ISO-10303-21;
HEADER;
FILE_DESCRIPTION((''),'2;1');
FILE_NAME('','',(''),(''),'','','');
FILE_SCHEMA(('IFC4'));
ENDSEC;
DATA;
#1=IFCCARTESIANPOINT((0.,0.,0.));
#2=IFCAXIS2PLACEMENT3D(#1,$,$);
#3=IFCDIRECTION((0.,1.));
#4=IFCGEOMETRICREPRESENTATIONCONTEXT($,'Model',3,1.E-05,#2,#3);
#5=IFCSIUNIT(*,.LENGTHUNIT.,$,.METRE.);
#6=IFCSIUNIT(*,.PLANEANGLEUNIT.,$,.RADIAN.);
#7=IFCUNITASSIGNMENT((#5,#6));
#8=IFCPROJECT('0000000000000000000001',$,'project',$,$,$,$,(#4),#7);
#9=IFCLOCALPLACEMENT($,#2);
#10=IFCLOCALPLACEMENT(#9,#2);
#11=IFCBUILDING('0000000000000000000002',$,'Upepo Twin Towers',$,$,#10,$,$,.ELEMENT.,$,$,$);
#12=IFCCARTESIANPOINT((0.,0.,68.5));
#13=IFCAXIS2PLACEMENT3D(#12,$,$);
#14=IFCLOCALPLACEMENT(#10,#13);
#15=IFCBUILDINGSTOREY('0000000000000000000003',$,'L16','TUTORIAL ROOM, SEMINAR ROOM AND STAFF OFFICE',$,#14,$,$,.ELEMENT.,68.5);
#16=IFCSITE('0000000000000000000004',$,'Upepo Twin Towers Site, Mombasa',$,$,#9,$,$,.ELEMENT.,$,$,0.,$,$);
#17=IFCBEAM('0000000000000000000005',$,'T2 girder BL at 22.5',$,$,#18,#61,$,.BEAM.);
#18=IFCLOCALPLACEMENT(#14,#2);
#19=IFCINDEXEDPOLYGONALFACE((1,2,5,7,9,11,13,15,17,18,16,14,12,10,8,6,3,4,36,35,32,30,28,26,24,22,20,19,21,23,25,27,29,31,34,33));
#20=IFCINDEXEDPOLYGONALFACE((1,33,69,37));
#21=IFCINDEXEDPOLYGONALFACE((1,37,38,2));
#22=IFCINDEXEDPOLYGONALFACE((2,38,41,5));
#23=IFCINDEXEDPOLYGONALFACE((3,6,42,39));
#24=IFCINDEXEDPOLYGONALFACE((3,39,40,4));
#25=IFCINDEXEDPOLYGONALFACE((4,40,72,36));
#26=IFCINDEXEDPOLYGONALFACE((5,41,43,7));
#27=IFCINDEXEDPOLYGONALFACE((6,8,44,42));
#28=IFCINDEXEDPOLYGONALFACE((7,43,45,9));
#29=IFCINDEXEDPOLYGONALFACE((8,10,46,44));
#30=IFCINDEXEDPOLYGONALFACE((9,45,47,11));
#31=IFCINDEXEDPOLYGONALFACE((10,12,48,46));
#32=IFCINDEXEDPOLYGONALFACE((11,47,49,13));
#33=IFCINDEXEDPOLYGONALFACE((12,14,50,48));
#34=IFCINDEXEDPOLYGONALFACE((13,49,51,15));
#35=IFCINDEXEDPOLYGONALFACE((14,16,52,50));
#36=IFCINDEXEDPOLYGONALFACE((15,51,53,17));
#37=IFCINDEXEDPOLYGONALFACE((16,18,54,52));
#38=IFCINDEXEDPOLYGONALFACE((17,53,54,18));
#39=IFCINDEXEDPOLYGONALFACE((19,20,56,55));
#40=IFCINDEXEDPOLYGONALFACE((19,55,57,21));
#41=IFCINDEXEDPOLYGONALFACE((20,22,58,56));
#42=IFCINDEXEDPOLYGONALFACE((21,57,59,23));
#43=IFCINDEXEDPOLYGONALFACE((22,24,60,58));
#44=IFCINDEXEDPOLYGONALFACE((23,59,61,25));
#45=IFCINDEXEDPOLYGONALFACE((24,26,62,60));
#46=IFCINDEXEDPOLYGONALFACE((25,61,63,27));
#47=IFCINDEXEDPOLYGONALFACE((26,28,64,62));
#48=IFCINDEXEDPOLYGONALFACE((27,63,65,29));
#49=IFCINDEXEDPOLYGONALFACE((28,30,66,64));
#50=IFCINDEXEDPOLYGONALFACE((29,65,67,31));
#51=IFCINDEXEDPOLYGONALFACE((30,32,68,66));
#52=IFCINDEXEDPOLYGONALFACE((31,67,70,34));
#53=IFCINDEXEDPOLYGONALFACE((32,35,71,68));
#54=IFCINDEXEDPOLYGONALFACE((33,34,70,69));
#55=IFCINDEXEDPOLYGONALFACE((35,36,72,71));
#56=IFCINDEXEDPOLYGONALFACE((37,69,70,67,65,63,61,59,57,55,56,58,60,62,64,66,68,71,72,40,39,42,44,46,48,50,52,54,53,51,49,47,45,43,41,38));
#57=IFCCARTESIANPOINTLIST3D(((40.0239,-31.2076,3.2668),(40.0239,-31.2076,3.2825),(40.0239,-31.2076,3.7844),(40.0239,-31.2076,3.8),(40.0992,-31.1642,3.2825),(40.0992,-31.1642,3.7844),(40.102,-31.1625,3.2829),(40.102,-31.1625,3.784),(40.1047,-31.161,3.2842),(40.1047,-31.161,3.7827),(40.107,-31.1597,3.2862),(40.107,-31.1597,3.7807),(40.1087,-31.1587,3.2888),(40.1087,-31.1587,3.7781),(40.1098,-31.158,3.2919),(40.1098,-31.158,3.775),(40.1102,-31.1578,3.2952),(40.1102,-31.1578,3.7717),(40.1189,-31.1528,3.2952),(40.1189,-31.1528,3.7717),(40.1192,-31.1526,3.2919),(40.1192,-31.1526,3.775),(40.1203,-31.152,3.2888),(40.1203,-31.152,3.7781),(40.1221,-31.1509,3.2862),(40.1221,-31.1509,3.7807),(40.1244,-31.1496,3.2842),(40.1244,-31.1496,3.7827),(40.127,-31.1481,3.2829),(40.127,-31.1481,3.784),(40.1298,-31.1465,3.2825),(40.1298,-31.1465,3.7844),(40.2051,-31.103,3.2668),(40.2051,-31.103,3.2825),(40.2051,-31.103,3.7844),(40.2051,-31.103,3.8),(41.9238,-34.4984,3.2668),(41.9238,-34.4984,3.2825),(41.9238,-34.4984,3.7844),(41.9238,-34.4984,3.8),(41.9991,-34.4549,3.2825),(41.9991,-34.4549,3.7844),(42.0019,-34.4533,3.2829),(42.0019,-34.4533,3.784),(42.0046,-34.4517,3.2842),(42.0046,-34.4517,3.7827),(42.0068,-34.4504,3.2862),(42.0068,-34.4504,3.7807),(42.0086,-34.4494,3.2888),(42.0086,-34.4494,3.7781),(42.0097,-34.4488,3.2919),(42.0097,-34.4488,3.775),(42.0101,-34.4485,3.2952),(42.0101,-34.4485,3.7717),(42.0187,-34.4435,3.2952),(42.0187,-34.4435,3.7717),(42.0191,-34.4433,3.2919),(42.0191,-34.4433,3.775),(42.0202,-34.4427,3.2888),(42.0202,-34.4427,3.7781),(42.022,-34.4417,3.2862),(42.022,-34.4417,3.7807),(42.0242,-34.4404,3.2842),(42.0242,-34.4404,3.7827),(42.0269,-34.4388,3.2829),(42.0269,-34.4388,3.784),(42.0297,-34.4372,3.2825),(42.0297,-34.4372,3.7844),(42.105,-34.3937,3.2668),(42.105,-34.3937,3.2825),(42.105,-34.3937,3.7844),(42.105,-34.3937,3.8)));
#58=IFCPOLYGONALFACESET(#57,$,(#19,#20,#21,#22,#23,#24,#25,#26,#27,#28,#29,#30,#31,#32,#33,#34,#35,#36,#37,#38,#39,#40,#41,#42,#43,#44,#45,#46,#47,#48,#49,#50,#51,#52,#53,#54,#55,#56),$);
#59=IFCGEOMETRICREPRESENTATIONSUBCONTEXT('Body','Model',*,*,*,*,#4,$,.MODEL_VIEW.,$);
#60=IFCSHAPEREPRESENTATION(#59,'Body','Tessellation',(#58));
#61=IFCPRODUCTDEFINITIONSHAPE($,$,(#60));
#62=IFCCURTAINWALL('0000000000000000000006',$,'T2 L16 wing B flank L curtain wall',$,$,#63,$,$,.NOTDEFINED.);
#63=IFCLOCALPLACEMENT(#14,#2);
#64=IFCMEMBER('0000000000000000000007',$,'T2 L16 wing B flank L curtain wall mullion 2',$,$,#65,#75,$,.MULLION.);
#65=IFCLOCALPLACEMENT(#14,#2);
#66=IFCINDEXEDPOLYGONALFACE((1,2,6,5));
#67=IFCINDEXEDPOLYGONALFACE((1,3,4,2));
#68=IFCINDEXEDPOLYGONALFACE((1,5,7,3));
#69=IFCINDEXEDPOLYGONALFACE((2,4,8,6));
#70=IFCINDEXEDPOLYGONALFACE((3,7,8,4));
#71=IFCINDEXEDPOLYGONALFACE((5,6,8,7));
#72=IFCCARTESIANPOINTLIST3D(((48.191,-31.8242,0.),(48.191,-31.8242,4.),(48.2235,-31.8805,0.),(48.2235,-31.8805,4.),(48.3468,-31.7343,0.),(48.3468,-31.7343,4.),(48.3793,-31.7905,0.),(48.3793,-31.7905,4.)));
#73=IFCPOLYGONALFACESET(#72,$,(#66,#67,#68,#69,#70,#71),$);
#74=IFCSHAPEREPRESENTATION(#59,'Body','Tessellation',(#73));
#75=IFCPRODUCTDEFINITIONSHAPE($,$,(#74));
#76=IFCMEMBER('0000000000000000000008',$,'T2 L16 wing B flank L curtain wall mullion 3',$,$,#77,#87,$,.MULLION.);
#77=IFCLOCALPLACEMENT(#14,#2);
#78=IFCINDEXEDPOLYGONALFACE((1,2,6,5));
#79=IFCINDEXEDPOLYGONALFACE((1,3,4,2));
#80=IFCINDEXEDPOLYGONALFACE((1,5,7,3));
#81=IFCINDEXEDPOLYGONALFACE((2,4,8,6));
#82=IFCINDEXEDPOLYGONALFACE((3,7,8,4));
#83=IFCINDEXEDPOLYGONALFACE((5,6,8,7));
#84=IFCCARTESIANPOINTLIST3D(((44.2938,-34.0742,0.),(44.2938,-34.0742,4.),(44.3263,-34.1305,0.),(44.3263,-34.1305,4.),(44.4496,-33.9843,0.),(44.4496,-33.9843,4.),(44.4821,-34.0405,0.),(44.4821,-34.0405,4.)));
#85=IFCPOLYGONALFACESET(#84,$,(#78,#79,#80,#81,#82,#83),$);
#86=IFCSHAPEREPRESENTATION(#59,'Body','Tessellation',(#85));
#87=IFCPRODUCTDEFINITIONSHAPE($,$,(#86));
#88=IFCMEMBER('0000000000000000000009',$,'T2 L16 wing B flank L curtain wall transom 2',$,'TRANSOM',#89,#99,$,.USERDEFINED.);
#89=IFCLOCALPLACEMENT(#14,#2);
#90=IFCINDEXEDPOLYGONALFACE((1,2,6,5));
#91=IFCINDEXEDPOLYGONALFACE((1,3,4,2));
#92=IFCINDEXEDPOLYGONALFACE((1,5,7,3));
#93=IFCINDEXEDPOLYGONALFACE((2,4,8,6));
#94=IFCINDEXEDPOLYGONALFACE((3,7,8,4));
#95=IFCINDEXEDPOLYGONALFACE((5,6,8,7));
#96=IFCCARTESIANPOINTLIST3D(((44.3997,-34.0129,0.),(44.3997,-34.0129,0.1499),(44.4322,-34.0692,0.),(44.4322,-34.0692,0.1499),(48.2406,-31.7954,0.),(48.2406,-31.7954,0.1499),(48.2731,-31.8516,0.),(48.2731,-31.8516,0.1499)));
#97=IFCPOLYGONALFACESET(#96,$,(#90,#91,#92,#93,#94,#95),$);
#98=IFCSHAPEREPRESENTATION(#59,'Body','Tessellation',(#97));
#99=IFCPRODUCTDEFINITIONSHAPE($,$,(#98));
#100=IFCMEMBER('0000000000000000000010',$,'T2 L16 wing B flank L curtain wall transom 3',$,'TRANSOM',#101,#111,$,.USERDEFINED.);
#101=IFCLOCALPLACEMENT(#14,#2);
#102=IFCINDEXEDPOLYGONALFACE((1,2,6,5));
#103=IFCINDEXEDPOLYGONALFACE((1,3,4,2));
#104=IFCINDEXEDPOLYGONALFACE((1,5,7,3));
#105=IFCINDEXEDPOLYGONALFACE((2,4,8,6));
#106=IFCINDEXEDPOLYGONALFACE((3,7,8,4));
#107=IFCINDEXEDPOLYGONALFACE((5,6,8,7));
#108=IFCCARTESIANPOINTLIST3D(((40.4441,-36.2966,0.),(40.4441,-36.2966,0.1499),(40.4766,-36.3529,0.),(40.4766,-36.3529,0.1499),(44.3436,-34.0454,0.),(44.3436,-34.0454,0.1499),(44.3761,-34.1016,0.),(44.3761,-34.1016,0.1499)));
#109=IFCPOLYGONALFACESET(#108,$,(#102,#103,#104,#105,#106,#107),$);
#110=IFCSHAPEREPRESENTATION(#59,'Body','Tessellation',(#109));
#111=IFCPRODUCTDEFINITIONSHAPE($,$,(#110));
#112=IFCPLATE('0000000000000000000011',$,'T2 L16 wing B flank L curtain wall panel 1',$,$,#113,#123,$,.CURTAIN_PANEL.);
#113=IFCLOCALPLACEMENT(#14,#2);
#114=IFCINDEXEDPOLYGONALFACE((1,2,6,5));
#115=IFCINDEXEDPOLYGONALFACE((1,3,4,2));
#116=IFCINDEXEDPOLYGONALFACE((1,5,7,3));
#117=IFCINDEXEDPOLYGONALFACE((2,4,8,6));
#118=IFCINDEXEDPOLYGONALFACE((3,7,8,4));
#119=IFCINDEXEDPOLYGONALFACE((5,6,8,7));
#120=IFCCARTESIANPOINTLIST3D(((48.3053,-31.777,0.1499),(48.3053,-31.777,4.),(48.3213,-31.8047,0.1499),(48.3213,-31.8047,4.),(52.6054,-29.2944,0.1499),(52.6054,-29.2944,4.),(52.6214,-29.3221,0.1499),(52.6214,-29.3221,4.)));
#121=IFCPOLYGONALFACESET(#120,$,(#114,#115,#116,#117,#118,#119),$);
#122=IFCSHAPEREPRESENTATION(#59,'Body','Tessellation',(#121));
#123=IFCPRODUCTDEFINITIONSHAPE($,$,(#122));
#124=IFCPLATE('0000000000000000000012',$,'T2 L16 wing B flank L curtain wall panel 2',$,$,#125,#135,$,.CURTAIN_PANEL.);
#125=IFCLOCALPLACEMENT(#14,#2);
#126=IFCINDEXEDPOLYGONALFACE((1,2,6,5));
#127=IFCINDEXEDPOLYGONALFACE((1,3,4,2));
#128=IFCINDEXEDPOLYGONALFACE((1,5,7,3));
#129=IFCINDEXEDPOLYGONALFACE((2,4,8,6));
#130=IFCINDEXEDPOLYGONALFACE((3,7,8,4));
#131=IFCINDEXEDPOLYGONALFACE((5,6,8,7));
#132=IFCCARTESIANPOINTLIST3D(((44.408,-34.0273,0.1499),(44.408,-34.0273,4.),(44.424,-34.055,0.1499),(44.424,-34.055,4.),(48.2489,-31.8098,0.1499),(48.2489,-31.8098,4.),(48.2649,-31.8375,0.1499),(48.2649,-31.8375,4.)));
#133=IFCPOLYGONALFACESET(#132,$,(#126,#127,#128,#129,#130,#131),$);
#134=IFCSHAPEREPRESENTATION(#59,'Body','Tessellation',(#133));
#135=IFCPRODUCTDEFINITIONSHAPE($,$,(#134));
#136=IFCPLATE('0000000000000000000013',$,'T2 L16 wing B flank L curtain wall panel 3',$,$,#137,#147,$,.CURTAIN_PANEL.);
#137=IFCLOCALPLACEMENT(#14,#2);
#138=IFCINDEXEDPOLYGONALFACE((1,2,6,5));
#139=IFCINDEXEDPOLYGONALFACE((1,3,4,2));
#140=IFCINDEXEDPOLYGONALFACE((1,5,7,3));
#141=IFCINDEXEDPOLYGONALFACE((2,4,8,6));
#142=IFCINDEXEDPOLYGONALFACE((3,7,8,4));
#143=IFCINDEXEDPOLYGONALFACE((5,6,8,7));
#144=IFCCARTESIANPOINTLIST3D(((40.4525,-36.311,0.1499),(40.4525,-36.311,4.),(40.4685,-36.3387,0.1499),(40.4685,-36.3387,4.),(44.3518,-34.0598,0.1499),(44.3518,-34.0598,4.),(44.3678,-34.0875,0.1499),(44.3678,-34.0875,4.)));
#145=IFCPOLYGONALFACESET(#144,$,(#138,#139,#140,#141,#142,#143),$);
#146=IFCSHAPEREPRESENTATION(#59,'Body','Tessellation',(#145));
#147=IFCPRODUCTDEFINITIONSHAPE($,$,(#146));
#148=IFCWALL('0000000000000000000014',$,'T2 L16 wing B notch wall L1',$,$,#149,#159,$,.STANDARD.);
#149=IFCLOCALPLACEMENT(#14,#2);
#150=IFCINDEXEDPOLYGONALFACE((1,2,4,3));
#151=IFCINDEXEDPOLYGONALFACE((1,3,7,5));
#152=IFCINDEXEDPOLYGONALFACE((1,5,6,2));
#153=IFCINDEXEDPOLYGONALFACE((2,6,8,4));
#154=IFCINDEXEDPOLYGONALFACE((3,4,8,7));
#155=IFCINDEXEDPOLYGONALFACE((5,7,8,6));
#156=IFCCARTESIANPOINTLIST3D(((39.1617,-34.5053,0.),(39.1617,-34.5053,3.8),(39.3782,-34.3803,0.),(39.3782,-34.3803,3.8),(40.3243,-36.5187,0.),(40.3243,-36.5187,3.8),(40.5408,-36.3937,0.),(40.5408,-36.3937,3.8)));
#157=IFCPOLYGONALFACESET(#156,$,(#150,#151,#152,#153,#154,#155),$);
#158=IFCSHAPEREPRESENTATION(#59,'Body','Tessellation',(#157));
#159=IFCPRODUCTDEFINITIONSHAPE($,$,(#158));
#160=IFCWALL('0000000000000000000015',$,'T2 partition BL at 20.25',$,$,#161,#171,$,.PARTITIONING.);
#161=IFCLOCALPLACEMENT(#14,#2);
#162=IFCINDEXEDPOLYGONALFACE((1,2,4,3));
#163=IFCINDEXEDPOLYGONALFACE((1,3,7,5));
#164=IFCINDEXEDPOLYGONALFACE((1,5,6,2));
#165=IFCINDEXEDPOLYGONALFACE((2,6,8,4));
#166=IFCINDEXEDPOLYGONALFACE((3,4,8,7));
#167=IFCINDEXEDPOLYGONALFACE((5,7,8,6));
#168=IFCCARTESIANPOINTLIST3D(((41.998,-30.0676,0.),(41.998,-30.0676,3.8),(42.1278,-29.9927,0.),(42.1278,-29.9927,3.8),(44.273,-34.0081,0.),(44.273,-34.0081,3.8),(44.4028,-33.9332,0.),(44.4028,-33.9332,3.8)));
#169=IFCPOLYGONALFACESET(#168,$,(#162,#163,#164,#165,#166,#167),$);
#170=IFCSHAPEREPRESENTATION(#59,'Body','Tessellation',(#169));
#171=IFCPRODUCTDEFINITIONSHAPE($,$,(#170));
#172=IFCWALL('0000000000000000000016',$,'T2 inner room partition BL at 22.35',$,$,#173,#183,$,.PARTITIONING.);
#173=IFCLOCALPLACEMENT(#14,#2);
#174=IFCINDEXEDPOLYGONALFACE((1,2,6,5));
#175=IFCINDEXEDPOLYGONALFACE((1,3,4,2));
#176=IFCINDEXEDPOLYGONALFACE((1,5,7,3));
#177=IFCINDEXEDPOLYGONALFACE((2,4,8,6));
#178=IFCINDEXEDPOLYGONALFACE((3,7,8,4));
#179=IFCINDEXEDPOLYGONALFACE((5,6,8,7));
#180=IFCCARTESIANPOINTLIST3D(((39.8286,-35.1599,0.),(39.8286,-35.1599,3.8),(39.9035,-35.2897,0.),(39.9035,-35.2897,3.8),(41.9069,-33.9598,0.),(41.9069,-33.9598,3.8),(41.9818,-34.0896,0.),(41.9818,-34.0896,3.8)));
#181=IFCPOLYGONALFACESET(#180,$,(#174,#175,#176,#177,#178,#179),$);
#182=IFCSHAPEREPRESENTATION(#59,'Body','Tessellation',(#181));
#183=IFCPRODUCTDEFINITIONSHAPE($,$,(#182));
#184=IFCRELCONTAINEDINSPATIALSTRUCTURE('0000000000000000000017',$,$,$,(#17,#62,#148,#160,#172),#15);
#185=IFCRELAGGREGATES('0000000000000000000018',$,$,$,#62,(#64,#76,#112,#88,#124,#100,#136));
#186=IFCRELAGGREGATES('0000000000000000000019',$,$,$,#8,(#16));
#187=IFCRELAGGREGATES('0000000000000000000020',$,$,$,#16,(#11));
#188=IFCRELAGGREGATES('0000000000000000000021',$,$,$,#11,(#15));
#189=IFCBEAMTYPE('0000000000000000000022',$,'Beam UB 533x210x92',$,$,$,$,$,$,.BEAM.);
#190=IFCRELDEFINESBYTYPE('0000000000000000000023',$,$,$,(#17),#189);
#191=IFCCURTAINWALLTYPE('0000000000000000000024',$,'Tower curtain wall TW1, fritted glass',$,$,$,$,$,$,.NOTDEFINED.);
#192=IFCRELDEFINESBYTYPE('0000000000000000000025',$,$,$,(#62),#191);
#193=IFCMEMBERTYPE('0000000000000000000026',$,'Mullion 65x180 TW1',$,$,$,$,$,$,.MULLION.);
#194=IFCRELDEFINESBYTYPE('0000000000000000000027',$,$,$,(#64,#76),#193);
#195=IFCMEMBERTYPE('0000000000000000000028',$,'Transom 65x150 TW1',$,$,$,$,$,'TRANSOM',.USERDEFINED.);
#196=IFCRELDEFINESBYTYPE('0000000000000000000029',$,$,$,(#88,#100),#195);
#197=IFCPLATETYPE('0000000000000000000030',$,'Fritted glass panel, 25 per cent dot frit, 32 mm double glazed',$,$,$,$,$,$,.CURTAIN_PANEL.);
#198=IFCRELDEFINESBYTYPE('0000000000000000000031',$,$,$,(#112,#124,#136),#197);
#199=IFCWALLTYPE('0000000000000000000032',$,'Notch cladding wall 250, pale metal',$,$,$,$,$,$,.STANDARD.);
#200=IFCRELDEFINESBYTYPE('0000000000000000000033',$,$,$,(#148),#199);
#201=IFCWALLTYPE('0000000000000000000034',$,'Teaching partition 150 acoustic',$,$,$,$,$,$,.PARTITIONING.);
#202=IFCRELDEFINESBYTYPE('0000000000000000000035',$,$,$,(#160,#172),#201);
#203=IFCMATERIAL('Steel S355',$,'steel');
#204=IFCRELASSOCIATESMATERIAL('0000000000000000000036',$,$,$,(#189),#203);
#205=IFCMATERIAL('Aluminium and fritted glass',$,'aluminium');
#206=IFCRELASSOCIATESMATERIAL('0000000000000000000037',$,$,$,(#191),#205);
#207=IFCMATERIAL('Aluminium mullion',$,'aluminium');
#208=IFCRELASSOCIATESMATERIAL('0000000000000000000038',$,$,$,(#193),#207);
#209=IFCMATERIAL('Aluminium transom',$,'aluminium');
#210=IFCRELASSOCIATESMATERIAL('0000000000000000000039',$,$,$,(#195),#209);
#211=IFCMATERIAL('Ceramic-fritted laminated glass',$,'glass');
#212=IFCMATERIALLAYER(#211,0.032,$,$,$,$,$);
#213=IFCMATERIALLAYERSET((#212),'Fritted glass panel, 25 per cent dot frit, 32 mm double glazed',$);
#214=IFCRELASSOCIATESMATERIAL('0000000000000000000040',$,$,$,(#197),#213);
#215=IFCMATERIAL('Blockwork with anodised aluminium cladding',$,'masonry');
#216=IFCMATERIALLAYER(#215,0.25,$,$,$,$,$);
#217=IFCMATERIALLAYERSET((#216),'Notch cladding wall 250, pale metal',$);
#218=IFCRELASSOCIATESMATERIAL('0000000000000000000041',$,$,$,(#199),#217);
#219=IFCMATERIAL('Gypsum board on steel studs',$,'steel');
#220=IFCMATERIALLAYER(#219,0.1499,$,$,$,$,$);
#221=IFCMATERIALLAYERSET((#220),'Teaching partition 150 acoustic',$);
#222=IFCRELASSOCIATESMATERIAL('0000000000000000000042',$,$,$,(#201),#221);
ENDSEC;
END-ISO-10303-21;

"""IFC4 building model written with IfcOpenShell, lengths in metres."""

from ifc_helpers import new_model, si_unit, direction, frame, frame_2d, origin, origin_2d, place, context, subcontext, project, spatial, rectangle, i_section, extrude, material, layer, layer_set, material_profile, profile_set, type_object, element, aggregate, save


model = new_model("IFC4")

# Units and contexts
model_context = context("Model", 3, precision=1e-05, world=origin(), true_north=direction((0.0, 1.0)))
body_context = subcontext(model_context, "Body", "Model", "MODEL_VIEW")
ifc_project = project(units=[si_unit("LENGTHUNIT", "METRE"), si_unit("PLANEANGLEUNIT", "RADIAN")], contexts=[model_context])

# Site, building, storey
site_placement = place(None, origin())
site = spatial("IfcSite", under=ifc_project, at=site_placement, Name="Upepo Twin Towers Site, Mombasa", CompositionType="ELEMENT", RefElevation=0.0)
building_placement = place(site_placement, origin())
building = spatial("IfcBuilding", under=site, at=building_placement, Name="Upepo Twin Towers", CompositionType="ELEMENT")
storey_placement = place(building_placement, frame((0.0, 0.0, 68.5)))
storey = spatial("IfcBuildingStorey", under=building, at=storey_placement, Name="L16", Description="TUTORIAL ROOM, SEMINAR ROOM AND STAFF OFFICE", CompositionType="ELEMENT", Elevation=68.5)

# Beam
ifc_material_1 = material(Name="Steel S355", Category="steel")
ifc_material_profile_1 = material_profile(ifc_material_1, i_section(OverallWidth=0.2092, OverallDepth=0.5332, WebThickness=0.01, FlangeThickness=0.0156, FilletRadius=0.0127, at=origin_2d()), Name="UB 533x210x92")
ifc_profile_set_1 = profile_set([ifc_material_profile_1], Name="Steel S355")
beam_type_1 = type_object("IfcBeamType", Name="Beam UB 533x210x92", PredefinedType="BEAM", material=ifc_profile_set_1)
beam_1_placement = place(storey_placement, frame((42.0144, -34.446, 3.5334), z_axis=(-0.499995, 0.866028, 0.0), x_axis=(-0.866028, -0.499995, 0.0)))
element("IfcBeam", 1, at=beam_1_placement, inside=storey, type_object=beam_type_1, Name="T2 girder BL at 22.5", PredefinedType="BEAM", context=body_context, shape_type="SweptSolid", body=[
    extrude(i_section(OverallWidth=0.2092, OverallDepth=0.5332, WebThickness=0.01, FlangeThickness=0.0156, FilletRadius=0.0127, at=origin_2d()), origin(), (0.0, 0.0, 1.0), 3.7998),
])

# Curtain wall, members, plates
ifc_material_2 = material(Name="Aluminium and fritted glass", Category="aluminium")
curtain_wall_type = type_object("IfcCurtainWallType", Name="Tower curtain wall TW1, fritted glass", PredefinedType="NOTDEFINED", material=ifc_material_2)
curtain_wall_placement = place(storey_placement, origin())
curtain_wall = element("IfcCurtainWall", 2, at=curtain_wall_placement, inside=storey, type_object=curtain_wall_type, Name="T2 L16 wing B flank L curtain wall", PredefinedType="NOTDEFINED")
ifc_material_3 = material(Name="Aluminium mullion", Category="aluminium")
ifc_material_profile_2 = material_profile(ifc_material_3, rectangle(XDim=0.0649, YDim=0.1799, at=origin_2d()), Name="MULLION 65x180")
ifc_profile_set_2 = profile_set([ifc_material_profile_2], Name="Aluminium mullion")
member_type_1 = type_object("IfcMemberType", Name="Mullion 65x180 TW1", PredefinedType="MULLION", material=ifc_profile_set_2)
member_1_placement = place(storey_placement, frame((48.2852, -31.8074, 0.0), z_axis=(0.0, 0.0, 1.0), x_axis=(0.5, -0.866025, 0.0)))
member_1 = element("IfcMember", 3, at=member_1_placement, type_object=member_type_1, Name="T2 L16 wing B flank L curtain wall mullion 2", PredefinedType="MULLION", context=body_context, shape_type="SweptSolid", body=[
    extrude(rectangle(XDim=0.0649, YDim=0.1799, at=origin_2d()), origin(), (0.0, 0.0, 1.0), 4.0),
])
member_2_placement = place(storey_placement, frame((44.3879, -34.0574, 0.0), z_axis=(0.0, 0.0, 1.0), x_axis=(0.5, -0.866025, 0.0)))
member_2 = element("IfcMember", 4, at=member_2_placement, type_object=member_type_1, Name="T2 L16 wing B flank L curtain wall mullion 3", PredefinedType="MULLION", context=body_context, shape_type="SweptSolid", body=[
    extrude(rectangle(XDim=0.0649, YDim=0.1799, at=origin_2d()), origin(), (0.0, 0.0, 1.0), 4.0),
])
ifc_material_4 = material(Name="Aluminium transom", Category="aluminium")
ifc_material_profile_3 = material_profile(ifc_material_4, rectangle(XDim=0.0649, YDim=0.1499, at=origin_2d()), Name="TRANSOM 65x150")
ifc_profile_set_3 = profile_set([ifc_material_profile_3], Name="Aluminium transom")
member_type_2 = type_object("IfcMemberType", Name="Transom 65x150 TW1", ElementType="TRANSOM", PredefinedType="USERDEFINED", material=ifc_profile_set_3)
member_3_placement = place(storey_placement, frame((48.2568, -31.8235, 0.075), z_axis=(-0.866022, -0.500005, 0.0), x_axis=(0.500005, -0.866022, 0.0)))
member_3 = element("IfcMember", 5, at=member_3_placement, type_object=member_type_2, Name="T2 L16 wing B flank L curtain wall transom 2", ObjectType="TRANSOM", PredefinedType="USERDEFINED", context=body_context, shape_type="SweptSolid", body=[
    extrude(rectangle(XDim=0.0649, YDim=0.1499, at=origin_2d()), origin(), (0.0, 0.0, 1.0), 4.4351),
])
member_4_placement = place(storey_placement, frame((44.3599, -34.0735, 0.075), z_axis=(-0.866036, -0.499982, 0.0), x_axis=(0.499982, -0.866036, 0.0)))
member_4 = element("IfcMember", 6, at=member_4_placement, type_object=member_type_2, Name="T2 L16 wing B flank L curtain wall transom 3", ObjectType="TRANSOM", PredefinedType="USERDEFINED", context=body_context, shape_type="SweptSolid", body=[
    extrude(rectangle(XDim=0.0649, YDim=0.1499, at=origin_2d()), origin(), (0.0, 0.0, 1.0), 4.5027),
])
ifc_material_5 = material(Name="Ceramic-fritted laminated glass", Category="glass")
ifc_layer_1 = layer(ifc_material_5, 0.032)
ifc_layer_set_1 = layer_set([ifc_layer_1], Name="Fritted glass panel, 25 per cent dot frit, 32 mm double glazed")
plate_type = type_object("IfcPlateType", Name="Fritted glass panel, 25 per cent dot frit, 32 mm double glazed", PredefinedType="CURTAIN_PANEL", material=ifc_layer_set_1)
plate_1_placement = place(storey_placement, frame((50.4634, -30.5496, 0.1499), z_axis=(0.0, 0.0, 1.0), x_axis=(-0.866025, -0.5, 0.0)))
plate_1 = element("IfcPlate", 7, at=plate_1_placement, type_object=plate_type, Name="T2 L16 wing B flank L curtain wall panel 1", PredefinedType="CURTAIN_PANEL", context=body_context, shape_type="SweptSolid", body=[
    extrude(rectangle(XDim=4.9653, YDim=0.032, at=origin_2d()), origin(), (0.0, 0.0, 1.0), 3.8501),
])
plate_2_placement = place(storey_placement, frame((46.3364, -32.9324, 0.1499), z_axis=(0.0, 0.0, 1.0), x_axis=(-0.866025, -0.5, 0.0)))
plate_2 = element("IfcPlate", 8, at=plate_2_placement, type_object=plate_type, Name="T2 L16 wing B flank L curtain wall panel 2", PredefinedType="CURTAIN_PANEL", context=body_context, shape_type="SweptSolid", body=[
    extrude(rectangle(XDim=4.4351, YDim=0.032, at=origin_2d()), origin(), (0.0, 0.0, 1.0), 3.8501),
])
plate_3_placement = place(storey_placement, frame((42.4102, -35.1992, 0.1499), z_axis=(0.0, 0.0, 1.0), x_axis=(-0.866025, -0.5, 0.0)))
plate_3 = element("IfcPlate", 9, at=plate_3_placement, type_object=plate_type, Name="T2 L16 wing B flank L curtain wall panel 3", PredefinedType="CURTAIN_PANEL", context=body_context, shape_type="SweptSolid", body=[
    extrude(rectangle(XDim=4.5024, YDim=0.032, at=origin_2d()), origin(), (0.0, 0.0, 1.0), 3.8501),
])
aggregate(curtain_wall, [member_1, member_2, plate_1, member_3, plate_2, member_4, plate_3])

# Walls
ifc_material_6 = material(Name="Blockwork with anodised aluminium cladding", Category="masonry")
ifc_layer_2 = layer(ifc_material_6, 0.25)
ifc_layer_set_2 = layer_set([ifc_layer_2], Name="Notch cladding wall 250, pale metal")
wall_type_1 = type_object("IfcWallType", Name="Notch cladding wall 250, pale metal", PredefinedType="STANDARD", material=ifc_layer_set_2)
wall_1_placement = place(storey_placement, frame((40.4326, -36.4563, 0.0), z_axis=(0.0, 0.0, 1.0), x_axis=(-0.500047, 0.865998, 0.0)))
element("IfcWall", 10, at=wall_1_placement, inside=storey, type_object=wall_type_1, Name="T2 L16 wing B notch wall L1", PredefinedType="STANDARD", context=body_context, shape_type="SweptSolid", body=[
    extrude(rectangle(XDim=2.325, YDim=0.25, at=frame_2d((1.1626, 0.0))), origin(), (0.0, 0.0, 1.0), 3.8),
])
ifc_material_7 = material(Name="Gypsum board on steel studs", Category="steel")
ifc_layer_3 = layer(ifc_material_7, 0.1499)
ifc_layer_set_3 = layer_set([ifc_layer_3], Name="Teaching partition 150 acoustic")
wall_type_2 = type_object("IfcWallType", Name="Teaching partition 150 acoustic", PredefinedType="PARTITIONING", material=ifc_layer_set_3)
wall_2_placement = place(storey_placement, frame((42.063, -30.0303, 0.0), z_axis=(0.0, 0.0, 1.0), x_axis=(0.499983, -0.866035, 0.0)))
element("IfcWall", 11, at=wall_2_placement, inside=storey, type_object=wall_type_2, Name="T2 partition BL at 20.25", PredefinedType="PARTITIONING", context=body_context, shape_type="SweptSolid", body=[
    extrude(rectangle(XDim=4.55, YDim=0.1499, at=frame_2d((2.2749, 0.0))), origin(), (0.0, 0.0, 1.0), 3.8),
])
wall_3_placement = place(storey_placement, frame((41.9443, -34.0247, 0.0), z_axis=(0.0, 0.0, 1.0), x_axis=(-0.865981, -0.500078, 0.0)))
element("IfcWall", 12, at=wall_3_placement, inside=storey, type_object=wall_type_2, Name="T2 inner room partition BL at 22.35", PredefinedType="PARTITIONING", context=body_context, shape_type="SweptSolid", body=[
    extrude(rectangle(XDim=2.3999, YDim=0.1499, at=frame_2d((1.2, 0.0))), origin(), (0.0, 0.0, 1.0), 3.8),
])

save(model, "model.ifc")
